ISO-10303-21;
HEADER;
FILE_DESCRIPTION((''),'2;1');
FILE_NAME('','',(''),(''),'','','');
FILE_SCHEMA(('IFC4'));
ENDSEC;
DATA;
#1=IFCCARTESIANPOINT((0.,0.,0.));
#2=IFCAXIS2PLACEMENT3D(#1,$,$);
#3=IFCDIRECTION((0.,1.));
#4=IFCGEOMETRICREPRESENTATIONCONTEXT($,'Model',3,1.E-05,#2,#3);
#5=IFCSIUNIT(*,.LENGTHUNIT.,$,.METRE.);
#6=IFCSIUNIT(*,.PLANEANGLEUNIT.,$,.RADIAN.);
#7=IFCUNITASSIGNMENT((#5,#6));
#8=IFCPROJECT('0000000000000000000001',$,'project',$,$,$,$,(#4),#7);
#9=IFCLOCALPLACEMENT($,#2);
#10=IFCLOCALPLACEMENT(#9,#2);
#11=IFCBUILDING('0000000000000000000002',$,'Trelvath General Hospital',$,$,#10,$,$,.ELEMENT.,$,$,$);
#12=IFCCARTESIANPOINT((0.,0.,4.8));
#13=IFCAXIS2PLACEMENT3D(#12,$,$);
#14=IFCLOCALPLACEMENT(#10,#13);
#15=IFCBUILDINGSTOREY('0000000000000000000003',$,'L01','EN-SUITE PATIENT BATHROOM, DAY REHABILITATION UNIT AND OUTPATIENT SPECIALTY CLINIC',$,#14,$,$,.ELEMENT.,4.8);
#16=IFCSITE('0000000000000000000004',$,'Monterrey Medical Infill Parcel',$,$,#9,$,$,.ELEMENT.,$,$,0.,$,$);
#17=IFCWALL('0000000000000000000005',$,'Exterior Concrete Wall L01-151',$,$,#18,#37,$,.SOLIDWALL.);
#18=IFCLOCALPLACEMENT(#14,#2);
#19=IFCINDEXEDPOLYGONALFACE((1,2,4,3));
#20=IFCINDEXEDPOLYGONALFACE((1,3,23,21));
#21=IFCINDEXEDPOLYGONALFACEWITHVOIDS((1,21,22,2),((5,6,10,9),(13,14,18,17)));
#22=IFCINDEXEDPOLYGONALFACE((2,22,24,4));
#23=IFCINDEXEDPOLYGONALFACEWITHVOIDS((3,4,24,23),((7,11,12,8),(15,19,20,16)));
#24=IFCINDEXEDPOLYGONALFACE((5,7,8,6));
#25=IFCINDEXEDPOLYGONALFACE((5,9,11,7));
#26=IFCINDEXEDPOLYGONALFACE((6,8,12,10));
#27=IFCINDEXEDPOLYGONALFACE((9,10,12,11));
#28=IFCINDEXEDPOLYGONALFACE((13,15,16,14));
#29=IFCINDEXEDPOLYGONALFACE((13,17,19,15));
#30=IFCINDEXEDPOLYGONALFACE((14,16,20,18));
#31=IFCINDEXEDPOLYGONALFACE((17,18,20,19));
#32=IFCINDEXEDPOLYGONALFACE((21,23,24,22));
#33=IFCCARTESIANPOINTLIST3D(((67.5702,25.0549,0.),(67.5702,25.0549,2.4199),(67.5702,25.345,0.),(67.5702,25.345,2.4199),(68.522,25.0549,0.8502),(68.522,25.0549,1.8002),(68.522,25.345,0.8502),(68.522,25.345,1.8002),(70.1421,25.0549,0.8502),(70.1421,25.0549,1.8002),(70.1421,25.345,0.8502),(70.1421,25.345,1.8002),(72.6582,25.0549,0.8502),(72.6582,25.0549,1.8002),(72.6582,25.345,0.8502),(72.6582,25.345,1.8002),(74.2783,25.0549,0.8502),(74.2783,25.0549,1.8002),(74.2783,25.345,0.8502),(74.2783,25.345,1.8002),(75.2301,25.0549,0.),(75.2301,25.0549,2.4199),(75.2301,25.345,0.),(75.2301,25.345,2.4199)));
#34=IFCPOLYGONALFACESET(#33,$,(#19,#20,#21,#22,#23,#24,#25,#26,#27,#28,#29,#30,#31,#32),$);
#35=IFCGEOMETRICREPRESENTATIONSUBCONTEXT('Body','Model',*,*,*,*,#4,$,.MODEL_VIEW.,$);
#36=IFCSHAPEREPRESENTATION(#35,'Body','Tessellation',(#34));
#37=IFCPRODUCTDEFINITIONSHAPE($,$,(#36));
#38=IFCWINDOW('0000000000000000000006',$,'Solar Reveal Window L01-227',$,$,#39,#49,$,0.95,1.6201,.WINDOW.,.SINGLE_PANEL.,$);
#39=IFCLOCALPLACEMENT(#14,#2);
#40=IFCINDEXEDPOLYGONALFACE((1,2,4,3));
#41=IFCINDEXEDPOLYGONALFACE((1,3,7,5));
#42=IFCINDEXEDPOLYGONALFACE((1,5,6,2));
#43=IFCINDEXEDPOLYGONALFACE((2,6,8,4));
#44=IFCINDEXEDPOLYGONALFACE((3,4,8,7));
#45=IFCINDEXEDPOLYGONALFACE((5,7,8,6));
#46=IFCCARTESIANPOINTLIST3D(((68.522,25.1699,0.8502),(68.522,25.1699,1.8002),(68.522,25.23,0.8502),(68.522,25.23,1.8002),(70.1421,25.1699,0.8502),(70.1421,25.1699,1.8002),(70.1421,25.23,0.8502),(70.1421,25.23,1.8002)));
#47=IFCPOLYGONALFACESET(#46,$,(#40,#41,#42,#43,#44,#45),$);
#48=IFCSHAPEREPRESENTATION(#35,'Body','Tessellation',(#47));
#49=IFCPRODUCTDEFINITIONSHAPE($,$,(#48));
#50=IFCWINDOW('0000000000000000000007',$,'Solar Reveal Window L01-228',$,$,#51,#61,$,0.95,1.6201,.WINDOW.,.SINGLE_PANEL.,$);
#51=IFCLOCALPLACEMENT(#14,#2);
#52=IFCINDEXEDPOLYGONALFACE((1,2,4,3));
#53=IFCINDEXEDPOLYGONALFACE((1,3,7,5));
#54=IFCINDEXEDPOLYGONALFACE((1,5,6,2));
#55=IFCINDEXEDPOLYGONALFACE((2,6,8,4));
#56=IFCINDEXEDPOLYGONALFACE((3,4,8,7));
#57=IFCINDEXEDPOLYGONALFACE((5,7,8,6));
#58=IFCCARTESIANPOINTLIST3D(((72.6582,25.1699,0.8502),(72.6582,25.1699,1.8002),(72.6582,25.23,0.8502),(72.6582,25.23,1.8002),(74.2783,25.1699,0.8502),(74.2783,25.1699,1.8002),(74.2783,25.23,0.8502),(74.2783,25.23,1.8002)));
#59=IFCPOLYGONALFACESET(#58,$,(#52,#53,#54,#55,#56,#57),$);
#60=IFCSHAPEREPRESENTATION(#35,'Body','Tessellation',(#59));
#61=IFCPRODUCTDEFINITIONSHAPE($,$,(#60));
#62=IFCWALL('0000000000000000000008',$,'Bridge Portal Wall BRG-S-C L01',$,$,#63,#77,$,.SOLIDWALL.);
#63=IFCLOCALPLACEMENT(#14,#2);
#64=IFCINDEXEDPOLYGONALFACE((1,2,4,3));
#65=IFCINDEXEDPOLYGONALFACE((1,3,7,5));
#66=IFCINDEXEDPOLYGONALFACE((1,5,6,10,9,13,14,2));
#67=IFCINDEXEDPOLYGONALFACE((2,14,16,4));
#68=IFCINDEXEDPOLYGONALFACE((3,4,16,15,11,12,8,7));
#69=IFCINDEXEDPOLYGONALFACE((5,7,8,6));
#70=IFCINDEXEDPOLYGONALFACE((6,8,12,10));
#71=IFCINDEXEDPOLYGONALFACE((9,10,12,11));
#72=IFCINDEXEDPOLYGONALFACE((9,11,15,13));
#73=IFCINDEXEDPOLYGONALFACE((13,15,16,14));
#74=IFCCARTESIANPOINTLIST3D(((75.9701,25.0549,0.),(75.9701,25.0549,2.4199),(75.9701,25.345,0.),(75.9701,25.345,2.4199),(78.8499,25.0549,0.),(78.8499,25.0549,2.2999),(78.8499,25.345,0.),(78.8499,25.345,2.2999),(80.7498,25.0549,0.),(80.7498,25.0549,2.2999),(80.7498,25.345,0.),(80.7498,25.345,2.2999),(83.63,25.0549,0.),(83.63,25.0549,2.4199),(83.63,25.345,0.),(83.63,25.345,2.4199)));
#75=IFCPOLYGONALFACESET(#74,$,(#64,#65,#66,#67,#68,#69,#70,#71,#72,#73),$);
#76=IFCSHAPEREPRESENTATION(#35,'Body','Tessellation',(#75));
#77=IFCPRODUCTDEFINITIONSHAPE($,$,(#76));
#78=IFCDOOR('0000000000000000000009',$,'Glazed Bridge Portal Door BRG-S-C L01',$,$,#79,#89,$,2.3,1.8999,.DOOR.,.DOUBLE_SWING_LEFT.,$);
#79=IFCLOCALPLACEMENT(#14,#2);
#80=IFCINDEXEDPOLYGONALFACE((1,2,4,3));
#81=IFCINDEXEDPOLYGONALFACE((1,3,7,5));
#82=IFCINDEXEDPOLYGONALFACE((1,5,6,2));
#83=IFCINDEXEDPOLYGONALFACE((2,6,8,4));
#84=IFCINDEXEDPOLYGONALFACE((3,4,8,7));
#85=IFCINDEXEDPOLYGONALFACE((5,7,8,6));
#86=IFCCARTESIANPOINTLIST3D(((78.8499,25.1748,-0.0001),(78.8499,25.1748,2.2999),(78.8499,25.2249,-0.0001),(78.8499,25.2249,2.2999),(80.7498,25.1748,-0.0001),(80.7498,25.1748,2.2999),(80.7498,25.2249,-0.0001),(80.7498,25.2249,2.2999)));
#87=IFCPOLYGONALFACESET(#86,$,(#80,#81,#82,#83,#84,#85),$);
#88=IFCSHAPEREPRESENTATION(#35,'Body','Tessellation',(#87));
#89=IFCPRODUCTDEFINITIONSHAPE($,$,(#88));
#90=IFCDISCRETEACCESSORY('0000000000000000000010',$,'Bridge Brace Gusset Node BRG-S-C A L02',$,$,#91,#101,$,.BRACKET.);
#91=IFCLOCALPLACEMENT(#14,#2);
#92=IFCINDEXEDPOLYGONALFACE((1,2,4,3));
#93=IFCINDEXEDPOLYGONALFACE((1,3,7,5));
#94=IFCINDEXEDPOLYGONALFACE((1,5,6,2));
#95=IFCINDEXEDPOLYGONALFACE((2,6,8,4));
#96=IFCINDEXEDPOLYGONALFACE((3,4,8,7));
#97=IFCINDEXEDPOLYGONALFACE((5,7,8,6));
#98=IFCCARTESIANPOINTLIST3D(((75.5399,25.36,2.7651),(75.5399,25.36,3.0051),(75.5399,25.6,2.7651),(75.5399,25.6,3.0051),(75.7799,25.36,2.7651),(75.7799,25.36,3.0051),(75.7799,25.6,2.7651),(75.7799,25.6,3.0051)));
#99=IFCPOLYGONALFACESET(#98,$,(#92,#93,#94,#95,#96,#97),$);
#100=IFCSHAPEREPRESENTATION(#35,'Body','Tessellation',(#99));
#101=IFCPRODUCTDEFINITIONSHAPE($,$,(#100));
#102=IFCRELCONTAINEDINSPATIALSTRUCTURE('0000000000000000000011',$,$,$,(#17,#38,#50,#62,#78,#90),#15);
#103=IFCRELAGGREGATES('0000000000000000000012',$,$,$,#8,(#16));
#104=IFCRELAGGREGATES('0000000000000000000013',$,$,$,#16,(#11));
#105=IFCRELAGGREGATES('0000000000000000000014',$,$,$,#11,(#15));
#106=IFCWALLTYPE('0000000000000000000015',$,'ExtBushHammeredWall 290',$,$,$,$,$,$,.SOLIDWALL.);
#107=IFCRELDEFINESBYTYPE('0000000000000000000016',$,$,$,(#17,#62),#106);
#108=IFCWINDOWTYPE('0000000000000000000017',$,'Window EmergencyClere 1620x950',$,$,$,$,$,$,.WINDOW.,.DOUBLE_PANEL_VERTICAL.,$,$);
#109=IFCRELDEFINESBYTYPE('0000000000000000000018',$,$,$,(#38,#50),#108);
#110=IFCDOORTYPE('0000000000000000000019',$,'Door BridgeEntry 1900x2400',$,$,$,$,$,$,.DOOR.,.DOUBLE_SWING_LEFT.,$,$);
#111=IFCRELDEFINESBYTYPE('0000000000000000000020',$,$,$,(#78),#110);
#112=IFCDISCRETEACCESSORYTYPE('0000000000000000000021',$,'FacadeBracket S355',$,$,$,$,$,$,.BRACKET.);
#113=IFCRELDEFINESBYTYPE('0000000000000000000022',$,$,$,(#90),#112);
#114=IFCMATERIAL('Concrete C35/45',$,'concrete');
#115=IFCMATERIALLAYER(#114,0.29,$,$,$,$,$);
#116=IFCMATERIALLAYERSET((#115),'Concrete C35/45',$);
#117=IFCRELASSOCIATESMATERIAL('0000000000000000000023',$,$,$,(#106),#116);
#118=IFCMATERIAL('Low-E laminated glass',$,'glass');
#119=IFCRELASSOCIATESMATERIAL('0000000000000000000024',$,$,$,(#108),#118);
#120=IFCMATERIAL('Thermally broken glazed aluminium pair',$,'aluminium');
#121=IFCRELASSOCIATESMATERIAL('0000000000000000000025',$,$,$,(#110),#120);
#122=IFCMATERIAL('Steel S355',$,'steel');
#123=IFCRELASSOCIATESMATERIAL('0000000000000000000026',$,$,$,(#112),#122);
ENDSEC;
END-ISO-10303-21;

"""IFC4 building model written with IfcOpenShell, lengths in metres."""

from ifc_helpers import new_model, si_unit, direction, frame, frame_2d, origin, origin_2d, place, context, subcontext, project, spatial, rectangle, extrude, material, layer, layer_set, type_object, element, fill, save


model = new_model("IFC4")

# Units and contexts
model_context = context("Model", 3, precision=1e-05, world=origin(), true_north=direction((0.0, 1.0)))
body_context = subcontext(model_context, "Body", "Model", "MODEL_VIEW")
ifc_project = project(units=[si_unit("LENGTHUNIT", "METRE"), si_unit("PLANEANGLEUNIT", "RADIAN")], contexts=[model_context])

# Site, building, storey
site_placement = place(None, origin())
site = spatial("IfcSite", under=ifc_project, at=site_placement, Name="Monterrey Medical Infill Parcel", CompositionType="ELEMENT", RefElevation=0.0)
building_placement = place(site_placement, origin())
building = spatial("IfcBuilding", under=site, at=building_placement, Name="Trelvath General Hospital", CompositionType="ELEMENT")
storey_placement = place(building_placement, frame((0.0, 0.0, 4.8)))
storey = spatial("IfcBuildingStorey", under=building, at=storey_placement, Name="L01", Description="EN-SUITE PATIENT BATHROOM, DAY REHABILITATION UNIT AND OUTPATIENT SPECIALTY CLINIC", CompositionType="ELEMENT", Elevation=4.8)

# Wall, openings, windows
ifc_material_1 = material(Name="Concrete C35/45", Category="concrete")
ifc_layer_1 = layer(ifc_material_1, 0.29)
ifc_layer_set_1 = layer_set([ifc_layer_1], Name="Concrete C35/45")
wall_type_1 = type_object("IfcWallType", Name="ExtBushHammeredWall 290", PredefinedType="SOLIDWALL", material=ifc_layer_set_1)
wall_1_placement = place(storey_placement, frame((67.5701, 25.2, 0.0), z_axis=(0.0, 0.0, 1.0), x_axis=(1.0, 0.0, 0.0)))
wall_1 = element("IfcWall", 1, at=wall_1_placement, inside=storey, type_object=wall_type_1, Name="Exterior Concrete Wall L01-151", PredefinedType="SOLIDWALL", context=body_context, shape_type="SweptSolid", body=[
    extrude(rectangle(XDim=7.6599, YDim=0.29, at=frame_2d((3.8301, 0.0))), origin(), (0.0, 0.0, 1.0), 2.4199),
])
opening_1_placement = place(wall_1_placement, frame((0.9519, 0.0, 0.8501)))
opening_1 = element("IfcOpeningElement", 2, at=opening_1_placement, cuts=wall_1, PredefinedType="OPENING", context=body_context, shape_type="SweptSolid", body=[
    extrude(rectangle(XDim=1.6201, YDim=0.95, at=frame_2d((0.8101, 0.4751))), frame((0.0, 0.155, 0.0), z_axis=(0.0, -1.0, 0.0), x_axis=(1.0, 0.0, 0.0)), (0.0, 0.0, 1.0), 0.3101),
])
opening_2_placement = place(wall_1_placement, frame((5.0881, 0.0, 0.8501)))
opening_2 = element("IfcOpeningElement", 3, at=opening_2_placement, cuts=wall_1, PredefinedType="OPENING", context=body_context, shape_type="SweptSolid", body=[
    extrude(rectangle(XDim=1.6201, YDim=0.95, at=frame_2d((0.8101, 0.4751))), frame((0.0, 0.155, 0.0), z_axis=(0.0, -1.0, 0.0), x_axis=(1.0, 0.0, 0.0)), (0.0, 0.0, 1.0), 0.3101),
])
ifc_material_2 = material(Name="Low-E laminated glass", Category="glass")
window_type = type_object("IfcWindowType", Name="Window EmergencyClere 1620x950", PartitioningType="DOUBLE_PANEL_VERTICAL", PredefinedType="WINDOW", material=ifc_material_2)
window_1_placement = place(opening_1_placement, origin())
window_1 = element("IfcWindow", 4, at=window_1_placement, inside=storey, type_object=window_type, Name="Solar Reveal Window L01-227", OverallHeight=0.95, OverallWidth=1.6201, PartitioningType="SINGLE_PANEL", PredefinedType="WINDOW", context=body_context, shape_type="SweptSolid", body=[
    extrude(rectangle(XDim=1.6201, YDim=0.95, at=frame_2d((0.8101, 0.4751))), frame((0.0, 0.03, 0.0), z_axis=(0.0, -1.0, 0.0), x_axis=(1.0, 0.0, 0.0)), (0.0, 0.0, 1.0), 0.0601),
])
fill(opening_1, window_1)
window_2_placement = place(opening_2_placement, origin())
window_2 = element("IfcWindow", 5, at=window_2_placement, inside=storey, type_object=window_type, Name="Solar Reveal Window L01-228", OverallHeight=0.95, OverallWidth=1.6201, PartitioningType="SINGLE_PANEL", PredefinedType="WINDOW", context=body_context, shape_type="SweptSolid", body=[
    extrude(rectangle(XDim=1.6201, YDim=0.95, at=frame_2d((0.8101, 0.4751))), frame((0.0, 0.03, 0.0), z_axis=(0.0, -1.0, 0.0), x_axis=(1.0, 0.0, 0.0)), (0.0, 0.0, 1.0), 0.0601),
])
fill(opening_2, window_2)

# Wall, opening, door
wall_2_placement = place(storey_placement, frame((75.97, 25.2, 0.0), z_axis=(0.0, 0.0, 1.0), x_axis=(1.0, 0.0, 0.0)))
wall_2 = element("IfcWall", 6, at=wall_2_placement, inside=storey, type_object=wall_type_1, Name="Bridge Portal Wall BRG-S-C L01", PredefinedType="SOLIDWALL", context=body_context, shape_type="SweptSolid", body=[
    extrude(rectangle(XDim=7.6599, YDim=0.29, at=frame_2d((3.8301, 0.0))), origin(), (0.0, 0.0, 1.0), 2.4199),
])
opening_3_placement = place(wall_2_placement, frame((2.8799, 0.0, 0.0)))
opening_3 = element("IfcOpeningElement", 7, at=opening_3_placement, cuts=wall_2, PredefinedType="OPENING", context=body_context, shape_type="SweptSolid", body=[
    extrude(rectangle(XDim=1.8999, YDim=2.3, at=frame_2d((0.95, 1.1499))), frame((0.0, 0.155, 0.0), z_axis=(0.0, -1.0, 0.0), x_axis=(1.0, 0.0, 0.0)), (0.0, 0.0, 1.0), 0.3101),
])
ifc_material_3 = material(Name="Thermally broken glazed aluminium pair", Category="aluminium")
door_type = type_object("IfcDoorType", Name="Door BridgeEntry 1900x2400", OperationType="DOUBLE_SWING_LEFT", PredefinedType="DOOR", material=ifc_material_3)
door_placement = place(opening_3_placement, origin())
door = element("IfcDoor", 8, at=door_placement, inside=storey, type_object=door_type, Name="Glazed Bridge Portal Door BRG-S-C L01", OperationType="DOUBLE_SWING_LEFT", OverallHeight=2.3, OverallWidth=1.8999, PredefinedType="DOOR", context=body_context, shape_type="SweptSolid", body=[
    extrude(rectangle(XDim=1.8999, YDim=2.3, at=frame_2d((0.95, 1.1499))), frame((0.0, 0.0249, 0.0), z_axis=(0.0, -1.0, 0.0), x_axis=(1.0, 0.0, 0.0)), (0.0, 0.0, 1.0), 0.05),
])
fill(opening_3, door)

# Discrete accessory
ifc_material_4 = material(Name="Steel S355", Category="steel")
discrete_accessory_type = type_object("IfcDiscreteAccessoryType", Name="FacadeBracket S355", PredefinedType="BRACKET", material=ifc_material_4)
discrete_accessory_placement = place(storey_placement, frame((75.6599, 25.48, 2.7651), z_axis=(0.0, 0.0, 1.0), x_axis=(1.0, 0.0, 0.0)))
element("IfcDiscreteAccessory", 9, at=discrete_accessory_placement, inside=storey, type_object=discrete_accessory_type, Name="Bridge Brace Gusset Node BRG-S-C A L02", PredefinedType="BRACKET", context=body_context, shape_type="SweptSolid", body=[
    extrude(rectangle(XDim=0.24, YDim=0.24, at=origin_2d()), origin(), (0.0, 0.0, 1.0), 0.24),
])

save(model, "model.ifc")
